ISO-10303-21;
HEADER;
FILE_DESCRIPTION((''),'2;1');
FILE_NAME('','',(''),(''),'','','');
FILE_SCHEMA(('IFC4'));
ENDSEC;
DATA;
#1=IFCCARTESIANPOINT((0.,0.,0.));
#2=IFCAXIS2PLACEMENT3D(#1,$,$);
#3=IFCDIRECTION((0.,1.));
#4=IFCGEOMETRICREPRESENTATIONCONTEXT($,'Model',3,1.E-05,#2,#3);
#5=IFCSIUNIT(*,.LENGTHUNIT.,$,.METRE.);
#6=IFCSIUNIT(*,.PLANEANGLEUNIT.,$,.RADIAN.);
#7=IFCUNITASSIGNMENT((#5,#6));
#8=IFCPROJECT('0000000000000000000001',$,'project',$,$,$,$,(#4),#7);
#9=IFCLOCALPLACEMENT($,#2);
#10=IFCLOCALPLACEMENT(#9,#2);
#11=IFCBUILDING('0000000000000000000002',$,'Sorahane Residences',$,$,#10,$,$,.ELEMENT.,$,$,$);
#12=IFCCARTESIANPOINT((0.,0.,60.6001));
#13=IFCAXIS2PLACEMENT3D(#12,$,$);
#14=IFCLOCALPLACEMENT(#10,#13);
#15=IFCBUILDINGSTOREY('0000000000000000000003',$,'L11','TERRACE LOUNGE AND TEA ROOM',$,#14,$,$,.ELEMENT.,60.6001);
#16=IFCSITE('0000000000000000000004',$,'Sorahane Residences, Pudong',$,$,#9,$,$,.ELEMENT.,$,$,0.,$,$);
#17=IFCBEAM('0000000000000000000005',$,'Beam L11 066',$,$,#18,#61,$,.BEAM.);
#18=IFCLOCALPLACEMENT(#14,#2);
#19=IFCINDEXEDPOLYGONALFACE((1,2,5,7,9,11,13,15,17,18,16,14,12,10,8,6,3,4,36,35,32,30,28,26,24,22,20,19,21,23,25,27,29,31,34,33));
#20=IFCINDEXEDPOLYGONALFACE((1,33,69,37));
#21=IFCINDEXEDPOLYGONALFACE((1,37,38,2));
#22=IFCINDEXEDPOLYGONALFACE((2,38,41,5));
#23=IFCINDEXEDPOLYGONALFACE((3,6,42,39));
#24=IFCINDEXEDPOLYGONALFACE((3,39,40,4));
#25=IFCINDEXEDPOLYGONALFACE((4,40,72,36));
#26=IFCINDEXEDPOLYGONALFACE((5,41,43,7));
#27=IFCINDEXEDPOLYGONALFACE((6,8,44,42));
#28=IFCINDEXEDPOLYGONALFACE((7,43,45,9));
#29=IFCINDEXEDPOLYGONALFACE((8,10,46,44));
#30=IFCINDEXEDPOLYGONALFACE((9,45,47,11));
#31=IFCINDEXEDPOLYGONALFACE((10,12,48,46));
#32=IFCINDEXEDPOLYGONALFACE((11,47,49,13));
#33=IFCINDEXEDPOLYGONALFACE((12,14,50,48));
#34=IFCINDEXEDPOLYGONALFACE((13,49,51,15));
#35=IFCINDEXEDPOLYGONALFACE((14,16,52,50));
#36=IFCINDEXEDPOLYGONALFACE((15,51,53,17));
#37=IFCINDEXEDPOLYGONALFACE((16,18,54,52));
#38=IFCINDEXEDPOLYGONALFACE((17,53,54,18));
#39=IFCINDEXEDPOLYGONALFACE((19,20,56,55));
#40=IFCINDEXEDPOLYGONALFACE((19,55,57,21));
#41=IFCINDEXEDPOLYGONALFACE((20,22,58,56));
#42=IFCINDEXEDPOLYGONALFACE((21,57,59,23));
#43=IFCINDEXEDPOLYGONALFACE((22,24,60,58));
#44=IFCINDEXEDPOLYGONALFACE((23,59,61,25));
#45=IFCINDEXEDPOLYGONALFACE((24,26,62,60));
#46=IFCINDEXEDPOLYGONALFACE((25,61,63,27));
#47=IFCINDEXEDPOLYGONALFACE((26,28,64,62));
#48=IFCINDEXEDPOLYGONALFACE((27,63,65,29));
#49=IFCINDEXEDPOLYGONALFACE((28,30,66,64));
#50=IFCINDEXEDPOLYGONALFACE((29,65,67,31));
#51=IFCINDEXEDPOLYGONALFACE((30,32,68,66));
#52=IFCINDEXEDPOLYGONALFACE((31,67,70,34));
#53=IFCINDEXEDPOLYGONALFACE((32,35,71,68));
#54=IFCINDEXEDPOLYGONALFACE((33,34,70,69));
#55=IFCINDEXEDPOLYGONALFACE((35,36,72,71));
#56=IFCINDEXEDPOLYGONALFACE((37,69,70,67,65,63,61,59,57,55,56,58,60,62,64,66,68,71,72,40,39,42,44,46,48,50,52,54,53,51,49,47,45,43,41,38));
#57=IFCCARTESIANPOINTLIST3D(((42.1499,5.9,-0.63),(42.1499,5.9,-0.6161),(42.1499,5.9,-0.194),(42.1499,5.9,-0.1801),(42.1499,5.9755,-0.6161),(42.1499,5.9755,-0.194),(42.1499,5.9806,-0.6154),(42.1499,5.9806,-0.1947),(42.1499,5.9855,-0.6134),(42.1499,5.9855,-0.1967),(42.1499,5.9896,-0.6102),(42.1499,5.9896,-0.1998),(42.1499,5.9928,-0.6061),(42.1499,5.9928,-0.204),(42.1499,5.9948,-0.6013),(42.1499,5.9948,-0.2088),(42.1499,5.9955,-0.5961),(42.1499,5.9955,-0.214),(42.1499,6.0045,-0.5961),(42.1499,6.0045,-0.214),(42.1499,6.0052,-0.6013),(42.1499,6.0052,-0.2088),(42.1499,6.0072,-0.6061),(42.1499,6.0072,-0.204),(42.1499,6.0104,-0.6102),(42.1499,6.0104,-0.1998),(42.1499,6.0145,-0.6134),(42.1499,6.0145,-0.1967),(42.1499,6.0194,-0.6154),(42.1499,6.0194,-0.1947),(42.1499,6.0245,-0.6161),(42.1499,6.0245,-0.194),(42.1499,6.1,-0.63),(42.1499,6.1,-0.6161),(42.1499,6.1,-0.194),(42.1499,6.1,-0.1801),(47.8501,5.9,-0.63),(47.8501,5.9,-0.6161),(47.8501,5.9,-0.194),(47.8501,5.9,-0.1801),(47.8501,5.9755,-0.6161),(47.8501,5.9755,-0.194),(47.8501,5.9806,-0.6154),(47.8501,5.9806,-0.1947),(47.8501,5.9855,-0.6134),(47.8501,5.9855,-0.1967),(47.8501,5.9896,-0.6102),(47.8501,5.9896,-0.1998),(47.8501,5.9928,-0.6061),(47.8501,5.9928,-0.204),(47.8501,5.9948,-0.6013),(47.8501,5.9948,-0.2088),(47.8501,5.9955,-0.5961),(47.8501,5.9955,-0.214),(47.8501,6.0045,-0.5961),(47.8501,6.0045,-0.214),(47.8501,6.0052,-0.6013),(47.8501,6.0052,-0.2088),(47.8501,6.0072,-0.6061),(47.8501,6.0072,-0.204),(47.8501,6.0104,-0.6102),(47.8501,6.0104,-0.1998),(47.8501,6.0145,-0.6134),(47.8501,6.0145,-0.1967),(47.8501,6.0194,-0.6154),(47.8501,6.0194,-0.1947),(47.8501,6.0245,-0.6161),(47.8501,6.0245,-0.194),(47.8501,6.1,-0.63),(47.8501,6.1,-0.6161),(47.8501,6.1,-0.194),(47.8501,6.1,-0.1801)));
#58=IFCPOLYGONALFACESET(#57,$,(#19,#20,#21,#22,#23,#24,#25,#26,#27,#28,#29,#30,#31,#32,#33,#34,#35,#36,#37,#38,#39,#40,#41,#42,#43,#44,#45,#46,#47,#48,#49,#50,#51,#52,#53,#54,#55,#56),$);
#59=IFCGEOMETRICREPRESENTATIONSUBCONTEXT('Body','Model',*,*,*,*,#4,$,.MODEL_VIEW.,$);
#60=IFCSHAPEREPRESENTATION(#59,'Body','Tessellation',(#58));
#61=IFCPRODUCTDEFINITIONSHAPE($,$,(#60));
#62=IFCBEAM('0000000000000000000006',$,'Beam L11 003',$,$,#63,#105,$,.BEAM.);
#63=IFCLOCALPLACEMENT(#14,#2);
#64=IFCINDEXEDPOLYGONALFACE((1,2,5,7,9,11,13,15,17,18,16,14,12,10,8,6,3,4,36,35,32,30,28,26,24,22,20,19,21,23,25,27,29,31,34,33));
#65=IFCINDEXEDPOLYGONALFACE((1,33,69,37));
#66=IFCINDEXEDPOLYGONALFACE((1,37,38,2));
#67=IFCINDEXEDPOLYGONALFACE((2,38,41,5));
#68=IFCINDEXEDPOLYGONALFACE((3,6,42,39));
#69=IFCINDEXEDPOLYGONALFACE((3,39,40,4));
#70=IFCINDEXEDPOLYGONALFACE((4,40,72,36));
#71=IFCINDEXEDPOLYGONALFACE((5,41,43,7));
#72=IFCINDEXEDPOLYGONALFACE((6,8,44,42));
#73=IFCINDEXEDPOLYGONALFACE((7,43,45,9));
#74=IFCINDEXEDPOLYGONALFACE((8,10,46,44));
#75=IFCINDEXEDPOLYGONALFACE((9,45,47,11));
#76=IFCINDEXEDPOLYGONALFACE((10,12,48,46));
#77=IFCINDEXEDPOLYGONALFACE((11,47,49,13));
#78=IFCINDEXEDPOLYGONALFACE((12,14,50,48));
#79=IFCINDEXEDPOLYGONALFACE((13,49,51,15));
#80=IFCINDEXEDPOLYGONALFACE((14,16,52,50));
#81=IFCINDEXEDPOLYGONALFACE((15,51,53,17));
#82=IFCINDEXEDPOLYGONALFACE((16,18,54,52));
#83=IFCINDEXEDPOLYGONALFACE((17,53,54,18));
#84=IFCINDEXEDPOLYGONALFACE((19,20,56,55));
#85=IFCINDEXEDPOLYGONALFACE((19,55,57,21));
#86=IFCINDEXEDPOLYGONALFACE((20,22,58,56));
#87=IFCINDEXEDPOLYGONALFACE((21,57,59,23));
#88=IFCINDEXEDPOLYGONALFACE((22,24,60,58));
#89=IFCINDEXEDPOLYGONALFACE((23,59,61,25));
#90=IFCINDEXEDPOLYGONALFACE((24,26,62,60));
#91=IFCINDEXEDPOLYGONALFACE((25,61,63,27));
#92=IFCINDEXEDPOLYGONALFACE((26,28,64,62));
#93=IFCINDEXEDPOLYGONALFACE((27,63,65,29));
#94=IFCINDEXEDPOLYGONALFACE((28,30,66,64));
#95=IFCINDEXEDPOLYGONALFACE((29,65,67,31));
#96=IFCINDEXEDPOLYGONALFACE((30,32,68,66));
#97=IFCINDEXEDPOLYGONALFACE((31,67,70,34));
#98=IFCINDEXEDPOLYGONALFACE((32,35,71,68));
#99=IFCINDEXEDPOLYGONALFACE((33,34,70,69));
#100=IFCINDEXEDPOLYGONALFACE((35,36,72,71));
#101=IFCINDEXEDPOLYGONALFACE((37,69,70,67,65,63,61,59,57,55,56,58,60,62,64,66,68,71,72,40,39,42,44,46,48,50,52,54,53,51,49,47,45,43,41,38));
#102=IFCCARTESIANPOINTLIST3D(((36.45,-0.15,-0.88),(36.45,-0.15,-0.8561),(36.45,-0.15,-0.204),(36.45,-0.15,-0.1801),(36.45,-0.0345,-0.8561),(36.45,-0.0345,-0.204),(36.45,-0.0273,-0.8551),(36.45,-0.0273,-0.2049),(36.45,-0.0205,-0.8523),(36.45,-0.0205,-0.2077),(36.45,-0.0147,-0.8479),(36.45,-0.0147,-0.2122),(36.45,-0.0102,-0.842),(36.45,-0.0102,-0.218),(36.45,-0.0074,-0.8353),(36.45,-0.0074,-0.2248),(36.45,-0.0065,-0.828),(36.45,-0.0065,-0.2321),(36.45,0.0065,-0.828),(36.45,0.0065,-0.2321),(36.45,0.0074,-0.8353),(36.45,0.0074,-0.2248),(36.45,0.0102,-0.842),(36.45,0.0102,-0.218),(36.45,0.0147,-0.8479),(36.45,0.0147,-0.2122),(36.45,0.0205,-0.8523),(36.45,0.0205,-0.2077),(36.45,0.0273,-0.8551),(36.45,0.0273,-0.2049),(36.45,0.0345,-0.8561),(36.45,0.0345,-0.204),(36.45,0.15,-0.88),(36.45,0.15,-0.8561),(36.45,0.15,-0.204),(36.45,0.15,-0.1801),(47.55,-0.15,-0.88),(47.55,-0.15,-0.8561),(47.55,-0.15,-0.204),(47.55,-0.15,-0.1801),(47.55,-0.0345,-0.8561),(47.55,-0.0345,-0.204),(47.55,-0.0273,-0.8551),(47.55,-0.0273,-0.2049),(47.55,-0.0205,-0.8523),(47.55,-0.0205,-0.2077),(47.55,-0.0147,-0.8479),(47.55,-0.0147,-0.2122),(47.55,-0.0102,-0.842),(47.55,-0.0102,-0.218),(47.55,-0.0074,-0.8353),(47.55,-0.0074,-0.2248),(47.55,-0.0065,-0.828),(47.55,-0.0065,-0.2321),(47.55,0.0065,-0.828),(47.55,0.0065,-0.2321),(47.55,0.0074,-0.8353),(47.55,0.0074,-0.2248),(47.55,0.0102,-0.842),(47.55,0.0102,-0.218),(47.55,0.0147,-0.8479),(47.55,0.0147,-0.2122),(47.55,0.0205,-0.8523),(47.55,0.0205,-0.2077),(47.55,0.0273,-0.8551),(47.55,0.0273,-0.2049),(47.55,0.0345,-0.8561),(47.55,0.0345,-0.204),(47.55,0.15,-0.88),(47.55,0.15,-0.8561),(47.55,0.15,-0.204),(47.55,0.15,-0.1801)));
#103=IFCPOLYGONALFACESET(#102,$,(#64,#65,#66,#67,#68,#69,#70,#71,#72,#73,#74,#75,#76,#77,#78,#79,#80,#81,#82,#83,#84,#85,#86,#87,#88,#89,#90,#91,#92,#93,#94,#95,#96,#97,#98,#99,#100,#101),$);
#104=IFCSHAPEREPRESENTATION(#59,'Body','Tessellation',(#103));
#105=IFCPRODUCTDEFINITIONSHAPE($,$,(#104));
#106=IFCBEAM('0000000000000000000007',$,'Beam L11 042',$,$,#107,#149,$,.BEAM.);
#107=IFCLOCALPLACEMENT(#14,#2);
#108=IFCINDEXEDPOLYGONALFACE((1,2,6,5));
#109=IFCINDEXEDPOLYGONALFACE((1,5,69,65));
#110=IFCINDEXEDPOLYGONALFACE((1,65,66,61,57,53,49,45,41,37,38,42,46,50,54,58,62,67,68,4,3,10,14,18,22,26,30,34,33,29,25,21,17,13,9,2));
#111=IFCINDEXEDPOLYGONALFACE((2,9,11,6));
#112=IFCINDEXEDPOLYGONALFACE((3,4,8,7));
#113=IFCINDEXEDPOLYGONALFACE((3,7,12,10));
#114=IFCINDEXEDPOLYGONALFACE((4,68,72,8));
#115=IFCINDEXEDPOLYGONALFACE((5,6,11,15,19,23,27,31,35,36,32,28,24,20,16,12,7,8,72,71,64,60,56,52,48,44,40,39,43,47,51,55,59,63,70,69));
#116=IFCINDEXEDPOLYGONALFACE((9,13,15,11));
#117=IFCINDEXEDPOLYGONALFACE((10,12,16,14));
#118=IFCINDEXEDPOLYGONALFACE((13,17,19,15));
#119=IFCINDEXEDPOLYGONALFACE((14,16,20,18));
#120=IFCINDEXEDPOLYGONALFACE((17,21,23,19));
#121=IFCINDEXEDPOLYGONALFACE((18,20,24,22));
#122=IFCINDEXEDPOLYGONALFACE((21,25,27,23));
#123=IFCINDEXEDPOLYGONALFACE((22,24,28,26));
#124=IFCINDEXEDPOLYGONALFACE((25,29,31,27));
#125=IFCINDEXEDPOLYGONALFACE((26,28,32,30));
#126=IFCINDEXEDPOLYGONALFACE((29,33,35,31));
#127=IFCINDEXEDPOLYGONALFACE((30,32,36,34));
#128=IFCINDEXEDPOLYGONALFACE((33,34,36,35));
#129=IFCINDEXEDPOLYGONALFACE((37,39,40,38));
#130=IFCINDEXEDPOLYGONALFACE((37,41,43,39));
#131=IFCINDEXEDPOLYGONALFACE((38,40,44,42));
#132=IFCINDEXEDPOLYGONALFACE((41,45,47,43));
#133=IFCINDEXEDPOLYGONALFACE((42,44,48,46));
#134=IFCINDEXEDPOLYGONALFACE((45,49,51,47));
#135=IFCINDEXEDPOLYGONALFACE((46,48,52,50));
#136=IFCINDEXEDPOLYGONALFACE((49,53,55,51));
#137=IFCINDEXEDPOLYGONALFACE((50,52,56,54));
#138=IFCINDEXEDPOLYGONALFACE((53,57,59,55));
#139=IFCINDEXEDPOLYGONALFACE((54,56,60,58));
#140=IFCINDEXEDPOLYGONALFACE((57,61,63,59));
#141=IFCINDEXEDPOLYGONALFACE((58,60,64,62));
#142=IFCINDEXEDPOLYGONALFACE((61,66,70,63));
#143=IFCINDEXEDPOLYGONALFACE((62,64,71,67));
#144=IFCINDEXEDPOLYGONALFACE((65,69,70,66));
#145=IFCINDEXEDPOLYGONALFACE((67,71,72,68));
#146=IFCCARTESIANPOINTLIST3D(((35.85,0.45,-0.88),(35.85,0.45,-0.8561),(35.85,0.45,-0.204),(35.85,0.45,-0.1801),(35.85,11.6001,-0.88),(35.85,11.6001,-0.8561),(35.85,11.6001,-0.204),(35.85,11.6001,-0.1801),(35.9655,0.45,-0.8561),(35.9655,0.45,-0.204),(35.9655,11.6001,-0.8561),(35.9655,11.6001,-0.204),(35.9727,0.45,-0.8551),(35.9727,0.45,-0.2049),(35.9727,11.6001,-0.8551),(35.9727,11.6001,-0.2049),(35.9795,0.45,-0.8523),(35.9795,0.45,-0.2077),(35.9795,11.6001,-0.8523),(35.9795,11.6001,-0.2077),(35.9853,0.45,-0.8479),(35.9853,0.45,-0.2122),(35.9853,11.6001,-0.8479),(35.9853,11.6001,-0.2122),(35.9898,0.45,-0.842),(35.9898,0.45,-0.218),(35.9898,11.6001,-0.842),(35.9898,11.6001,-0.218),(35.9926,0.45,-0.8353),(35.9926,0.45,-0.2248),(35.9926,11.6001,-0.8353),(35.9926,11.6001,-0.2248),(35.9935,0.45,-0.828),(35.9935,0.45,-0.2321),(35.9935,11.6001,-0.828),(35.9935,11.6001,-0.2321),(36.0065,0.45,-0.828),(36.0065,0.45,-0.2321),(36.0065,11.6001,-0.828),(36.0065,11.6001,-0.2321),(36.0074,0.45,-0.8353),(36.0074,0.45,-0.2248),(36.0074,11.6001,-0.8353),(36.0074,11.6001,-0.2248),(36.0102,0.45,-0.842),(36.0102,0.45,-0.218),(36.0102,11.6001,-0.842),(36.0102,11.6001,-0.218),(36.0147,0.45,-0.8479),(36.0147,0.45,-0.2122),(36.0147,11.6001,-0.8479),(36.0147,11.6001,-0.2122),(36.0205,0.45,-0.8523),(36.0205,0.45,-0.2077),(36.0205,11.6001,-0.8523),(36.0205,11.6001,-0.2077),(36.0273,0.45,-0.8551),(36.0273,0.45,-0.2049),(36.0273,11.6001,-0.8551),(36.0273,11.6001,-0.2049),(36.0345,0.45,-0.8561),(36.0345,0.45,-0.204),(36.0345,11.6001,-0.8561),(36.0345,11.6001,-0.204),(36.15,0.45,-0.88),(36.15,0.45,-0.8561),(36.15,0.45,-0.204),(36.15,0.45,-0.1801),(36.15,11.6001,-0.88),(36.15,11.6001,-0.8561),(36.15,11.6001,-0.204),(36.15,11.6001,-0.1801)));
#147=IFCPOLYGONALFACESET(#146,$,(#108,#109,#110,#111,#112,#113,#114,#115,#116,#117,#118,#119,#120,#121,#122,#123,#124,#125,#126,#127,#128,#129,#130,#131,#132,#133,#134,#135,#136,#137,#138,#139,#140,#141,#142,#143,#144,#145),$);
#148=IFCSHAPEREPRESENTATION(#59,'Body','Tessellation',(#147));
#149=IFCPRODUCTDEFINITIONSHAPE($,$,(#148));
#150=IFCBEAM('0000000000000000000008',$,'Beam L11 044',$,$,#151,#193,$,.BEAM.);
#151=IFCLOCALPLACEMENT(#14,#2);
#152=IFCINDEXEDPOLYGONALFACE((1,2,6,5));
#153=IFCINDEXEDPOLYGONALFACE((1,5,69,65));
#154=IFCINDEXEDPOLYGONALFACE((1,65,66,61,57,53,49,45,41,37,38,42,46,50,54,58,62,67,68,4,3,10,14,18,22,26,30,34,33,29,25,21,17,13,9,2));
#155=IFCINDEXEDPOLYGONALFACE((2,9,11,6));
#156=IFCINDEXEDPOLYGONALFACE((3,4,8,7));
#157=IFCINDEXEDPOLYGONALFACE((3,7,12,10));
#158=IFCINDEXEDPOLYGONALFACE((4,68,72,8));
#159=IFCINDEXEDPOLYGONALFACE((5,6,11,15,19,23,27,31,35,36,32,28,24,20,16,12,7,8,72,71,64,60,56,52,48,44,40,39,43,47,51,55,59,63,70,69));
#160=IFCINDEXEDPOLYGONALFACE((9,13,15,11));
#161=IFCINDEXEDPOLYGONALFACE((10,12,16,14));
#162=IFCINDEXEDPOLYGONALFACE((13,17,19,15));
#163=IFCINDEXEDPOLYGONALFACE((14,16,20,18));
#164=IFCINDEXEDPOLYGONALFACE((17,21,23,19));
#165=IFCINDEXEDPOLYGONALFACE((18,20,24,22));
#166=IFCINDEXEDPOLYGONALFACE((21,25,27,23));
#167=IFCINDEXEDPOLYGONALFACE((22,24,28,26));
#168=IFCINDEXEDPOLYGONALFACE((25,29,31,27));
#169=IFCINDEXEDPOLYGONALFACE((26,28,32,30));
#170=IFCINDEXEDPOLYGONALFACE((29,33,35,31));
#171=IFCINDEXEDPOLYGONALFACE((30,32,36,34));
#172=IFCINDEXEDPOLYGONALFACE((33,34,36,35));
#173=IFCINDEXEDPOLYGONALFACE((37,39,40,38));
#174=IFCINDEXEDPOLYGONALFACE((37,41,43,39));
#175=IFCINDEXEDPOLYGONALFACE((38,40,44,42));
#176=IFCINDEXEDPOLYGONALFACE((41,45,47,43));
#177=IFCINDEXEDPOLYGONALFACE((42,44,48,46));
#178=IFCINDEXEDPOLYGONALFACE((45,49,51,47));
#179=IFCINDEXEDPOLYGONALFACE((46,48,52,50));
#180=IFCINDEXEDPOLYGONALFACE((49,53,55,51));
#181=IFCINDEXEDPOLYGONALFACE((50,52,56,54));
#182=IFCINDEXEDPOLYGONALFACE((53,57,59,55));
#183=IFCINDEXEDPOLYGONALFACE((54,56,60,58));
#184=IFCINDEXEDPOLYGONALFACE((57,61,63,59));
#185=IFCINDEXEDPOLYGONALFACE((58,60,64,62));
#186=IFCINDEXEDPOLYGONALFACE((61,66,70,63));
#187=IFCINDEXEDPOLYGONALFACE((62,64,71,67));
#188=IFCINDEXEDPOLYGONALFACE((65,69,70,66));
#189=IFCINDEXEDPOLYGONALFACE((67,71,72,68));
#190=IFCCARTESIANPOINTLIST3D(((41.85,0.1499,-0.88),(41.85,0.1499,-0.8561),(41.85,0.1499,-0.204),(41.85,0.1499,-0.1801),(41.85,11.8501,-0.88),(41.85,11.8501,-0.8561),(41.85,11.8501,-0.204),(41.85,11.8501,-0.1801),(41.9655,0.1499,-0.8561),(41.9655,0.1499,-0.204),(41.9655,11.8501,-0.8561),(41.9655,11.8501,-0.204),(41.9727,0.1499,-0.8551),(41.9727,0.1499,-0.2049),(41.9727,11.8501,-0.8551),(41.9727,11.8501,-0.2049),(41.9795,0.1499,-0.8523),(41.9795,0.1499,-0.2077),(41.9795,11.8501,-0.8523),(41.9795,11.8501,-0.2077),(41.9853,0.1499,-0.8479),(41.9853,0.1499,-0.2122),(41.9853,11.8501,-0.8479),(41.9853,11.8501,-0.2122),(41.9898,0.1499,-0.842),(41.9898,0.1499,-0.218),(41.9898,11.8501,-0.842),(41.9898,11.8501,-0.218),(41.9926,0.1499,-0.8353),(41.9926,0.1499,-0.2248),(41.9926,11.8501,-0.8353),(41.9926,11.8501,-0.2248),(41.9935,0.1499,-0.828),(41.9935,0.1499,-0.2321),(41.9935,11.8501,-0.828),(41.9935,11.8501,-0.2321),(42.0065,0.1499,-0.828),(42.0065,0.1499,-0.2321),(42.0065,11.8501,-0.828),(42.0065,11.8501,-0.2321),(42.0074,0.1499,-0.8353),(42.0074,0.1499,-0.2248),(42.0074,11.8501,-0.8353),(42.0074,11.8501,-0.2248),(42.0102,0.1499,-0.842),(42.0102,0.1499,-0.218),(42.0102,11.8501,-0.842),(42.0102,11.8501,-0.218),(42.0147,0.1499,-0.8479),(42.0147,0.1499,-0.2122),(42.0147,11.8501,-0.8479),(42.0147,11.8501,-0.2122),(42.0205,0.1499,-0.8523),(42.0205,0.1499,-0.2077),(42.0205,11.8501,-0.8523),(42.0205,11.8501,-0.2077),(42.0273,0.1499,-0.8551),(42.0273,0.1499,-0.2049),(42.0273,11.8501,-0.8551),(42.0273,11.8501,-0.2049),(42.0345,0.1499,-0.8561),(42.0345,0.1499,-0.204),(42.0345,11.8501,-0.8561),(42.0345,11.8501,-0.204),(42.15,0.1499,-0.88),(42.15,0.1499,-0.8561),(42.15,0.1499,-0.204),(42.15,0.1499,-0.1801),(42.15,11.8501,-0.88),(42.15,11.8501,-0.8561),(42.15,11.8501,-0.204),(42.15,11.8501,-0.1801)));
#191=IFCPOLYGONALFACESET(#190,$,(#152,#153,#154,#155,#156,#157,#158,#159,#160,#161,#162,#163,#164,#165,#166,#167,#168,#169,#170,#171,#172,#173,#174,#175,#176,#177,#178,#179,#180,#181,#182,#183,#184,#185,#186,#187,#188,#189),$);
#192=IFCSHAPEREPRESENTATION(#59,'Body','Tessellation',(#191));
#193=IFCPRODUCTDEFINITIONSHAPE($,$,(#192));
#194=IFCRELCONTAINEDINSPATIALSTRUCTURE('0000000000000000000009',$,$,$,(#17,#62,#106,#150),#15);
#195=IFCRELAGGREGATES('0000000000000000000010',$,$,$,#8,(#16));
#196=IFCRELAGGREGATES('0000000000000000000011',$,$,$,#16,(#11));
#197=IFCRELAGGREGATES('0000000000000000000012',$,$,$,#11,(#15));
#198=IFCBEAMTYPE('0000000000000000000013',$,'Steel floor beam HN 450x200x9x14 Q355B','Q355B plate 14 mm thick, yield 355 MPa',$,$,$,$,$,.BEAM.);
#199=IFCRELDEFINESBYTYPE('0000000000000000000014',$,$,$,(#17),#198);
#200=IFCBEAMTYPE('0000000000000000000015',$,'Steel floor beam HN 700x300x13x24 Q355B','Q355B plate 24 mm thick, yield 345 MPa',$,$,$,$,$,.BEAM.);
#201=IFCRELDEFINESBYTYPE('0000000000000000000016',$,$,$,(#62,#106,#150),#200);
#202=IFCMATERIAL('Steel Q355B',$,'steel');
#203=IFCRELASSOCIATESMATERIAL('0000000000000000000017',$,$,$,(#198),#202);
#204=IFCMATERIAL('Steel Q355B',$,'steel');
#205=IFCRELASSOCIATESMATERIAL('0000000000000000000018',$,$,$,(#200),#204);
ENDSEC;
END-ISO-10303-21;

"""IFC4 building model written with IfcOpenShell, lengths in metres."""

from ifc_helpers import new_model, si_unit, direction, frame, origin, origin_2d, place, context, subcontext, project, spatial, i_section, extrude, material, material_profile, profile_set, type_object, element, save


model = new_model("IFC4")

# Units and contexts
model_context = context("Model", 3, precision=1e-05, world=origin(), true_north=direction((0.0, 1.0)))
body_context = subcontext(model_context, "Body", "Model", "MODEL_VIEW")
ifc_project = project(units=[si_unit("LENGTHUNIT", "METRE"), si_unit("PLANEANGLEUNIT", "RADIAN")], contexts=[model_context])

# Site, building, storey
site_placement = place(None, origin())
site = spatial("IfcSite", under=ifc_project, at=site_placement, Name="Sorahane Residences, Pudong", CompositionType="ELEMENT", RefElevation=0.0)
building_placement = place(site_placement, origin())
building = spatial("IfcBuilding", under=site, at=building_placement, Name="Sorahane Residences", CompositionType="ELEMENT")
storey_placement = place(building_placement, frame((0.0, 0.0, 60.6001)))
storey = spatial("IfcBuildingStorey", under=building, at=storey_placement, Name="L11", Description="TERRACE LOUNGE AND TEA ROOM", CompositionType="ELEMENT", Elevation=60.6001)

# Beams
ifc_material_1 = material(Name="Steel Q355B", Category="steel")
ifc_material_profile_1 = material_profile(ifc_material_1, i_section(OverallWidth=0.2, OverallDepth=0.45, WebThickness=0.009, FlangeThickness=0.0139, FilletRadius=0.02, at=origin_2d()), Name="HN 450x200x9x14")
ifc_profile_set_1 = profile_set([ifc_material_profile_1], Name="Steel Q355B")
beam_type_1 = type_object("IfcBeamType", Name="Steel floor beam HN 450x200x9x14 Q355B", Description="Q355B plate 14 mm thick, yield 355 MPa", PredefinedType="BEAM", material=ifc_profile_set_1)
for number, where, z_axis, x_axis, name in (
    (1, (42.1499, 6.0, -0.405), (1.0, 0.0, 0.0), (0.0, 1.0, 0.0), "Beam L11 066"),
):
    element("IfcBeam", number, at=place(storey_placement, frame(where, z_axis=z_axis, x_axis=x_axis)), inside=storey, type_object=beam_type_1, Name=name, PredefinedType="BEAM", context=body_context, shape_type="SweptSolid", body=[
        extrude(i_section(OverallWidth=0.2, OverallDepth=0.45, WebThickness=0.009, FlangeThickness=0.0139, FilletRadius=0.02, at=origin_2d()), origin(), (0.0, 0.0, 1.0), 5.7002),
    ])
ifc_material_2 = material(Name="Steel Q355B", Category="steel")
ifc_material_profile_2 = material_profile(ifc_material_2, i_section(OverallWidth=0.3, OverallDepth=0.7, WebThickness=0.0129, FlangeThickness=0.0239, FilletRadius=0.0281, at=origin_2d()), Name="HN 700x300x13x24")
ifc_profile_set_2 = profile_set([ifc_material_profile_2], Name="Steel Q355B")
beam_type_2 = type_object("IfcBeamType", Name="Steel floor beam HN 700x300x13x24 Q355B", Description="Q355B plate 24 mm thick, yield 345 MPa", PredefinedType="BEAM", material=ifc_profile_set_2)
beam_1_placement = place(storey_placement, frame((36.45, 0.0, -0.53), z_axis=(1.0, 0.0, 0.0), x_axis=(0.0, 1.0, 0.0)))
element("IfcBeam", 2, at=beam_1_placement, inside=storey, type_object=beam_type_2, Name="Beam L11 003", PredefinedType="BEAM", context=body_context, shape_type="SweptSolid", body=[
    extrude(i_section(OverallWidth=0.3, OverallDepth=0.7, WebThickness=0.0129, FlangeThickness=0.0239, FilletRadius=0.0281, at=origin_2d()), origin(), (0.0, 0.0, 1.0), 11.1001),
])
beam_2_placement = place(storey_placement, frame((36.0, 0.45, -0.53), z_axis=(0.0, 1.0, 0.0), x_axis=(-1.0, 0.0, 0.0)))
element("IfcBeam", 3, at=beam_2_placement, inside=storey, type_object=beam_type_2, Name="Beam L11 042", PredefinedType="BEAM", context=body_context, shape_type="SweptSolid", body=[
    extrude(i_section(OverallWidth=0.3, OverallDepth=0.7, WebThickness=0.0129, FlangeThickness=0.0239, FilletRadius=0.0281, at=origin_2d()), origin(), (0.0, 0.0, 1.0), 11.1501),
])
beam_3_placement = place(storey_placement, frame((42.0, 0.1499, -0.53), z_axis=(0.0, 1.0, 0.0), x_axis=(-1.0, 0.0, 0.0)))
element("IfcBeam", 4, at=beam_3_placement, inside=storey, type_object=beam_type_2, Name="Beam L11 044", PredefinedType="BEAM", context=body_context, shape_type="SweptSolid", body=[
    extrude(i_section(OverallWidth=0.3, OverallDepth=0.7, WebThickness=0.0129, FlangeThickness=0.0239, FilletRadius=0.0281, at=origin_2d()), origin(), (0.0, 0.0, 1.0), 11.7002),
])

save(model, "model.ifc")
